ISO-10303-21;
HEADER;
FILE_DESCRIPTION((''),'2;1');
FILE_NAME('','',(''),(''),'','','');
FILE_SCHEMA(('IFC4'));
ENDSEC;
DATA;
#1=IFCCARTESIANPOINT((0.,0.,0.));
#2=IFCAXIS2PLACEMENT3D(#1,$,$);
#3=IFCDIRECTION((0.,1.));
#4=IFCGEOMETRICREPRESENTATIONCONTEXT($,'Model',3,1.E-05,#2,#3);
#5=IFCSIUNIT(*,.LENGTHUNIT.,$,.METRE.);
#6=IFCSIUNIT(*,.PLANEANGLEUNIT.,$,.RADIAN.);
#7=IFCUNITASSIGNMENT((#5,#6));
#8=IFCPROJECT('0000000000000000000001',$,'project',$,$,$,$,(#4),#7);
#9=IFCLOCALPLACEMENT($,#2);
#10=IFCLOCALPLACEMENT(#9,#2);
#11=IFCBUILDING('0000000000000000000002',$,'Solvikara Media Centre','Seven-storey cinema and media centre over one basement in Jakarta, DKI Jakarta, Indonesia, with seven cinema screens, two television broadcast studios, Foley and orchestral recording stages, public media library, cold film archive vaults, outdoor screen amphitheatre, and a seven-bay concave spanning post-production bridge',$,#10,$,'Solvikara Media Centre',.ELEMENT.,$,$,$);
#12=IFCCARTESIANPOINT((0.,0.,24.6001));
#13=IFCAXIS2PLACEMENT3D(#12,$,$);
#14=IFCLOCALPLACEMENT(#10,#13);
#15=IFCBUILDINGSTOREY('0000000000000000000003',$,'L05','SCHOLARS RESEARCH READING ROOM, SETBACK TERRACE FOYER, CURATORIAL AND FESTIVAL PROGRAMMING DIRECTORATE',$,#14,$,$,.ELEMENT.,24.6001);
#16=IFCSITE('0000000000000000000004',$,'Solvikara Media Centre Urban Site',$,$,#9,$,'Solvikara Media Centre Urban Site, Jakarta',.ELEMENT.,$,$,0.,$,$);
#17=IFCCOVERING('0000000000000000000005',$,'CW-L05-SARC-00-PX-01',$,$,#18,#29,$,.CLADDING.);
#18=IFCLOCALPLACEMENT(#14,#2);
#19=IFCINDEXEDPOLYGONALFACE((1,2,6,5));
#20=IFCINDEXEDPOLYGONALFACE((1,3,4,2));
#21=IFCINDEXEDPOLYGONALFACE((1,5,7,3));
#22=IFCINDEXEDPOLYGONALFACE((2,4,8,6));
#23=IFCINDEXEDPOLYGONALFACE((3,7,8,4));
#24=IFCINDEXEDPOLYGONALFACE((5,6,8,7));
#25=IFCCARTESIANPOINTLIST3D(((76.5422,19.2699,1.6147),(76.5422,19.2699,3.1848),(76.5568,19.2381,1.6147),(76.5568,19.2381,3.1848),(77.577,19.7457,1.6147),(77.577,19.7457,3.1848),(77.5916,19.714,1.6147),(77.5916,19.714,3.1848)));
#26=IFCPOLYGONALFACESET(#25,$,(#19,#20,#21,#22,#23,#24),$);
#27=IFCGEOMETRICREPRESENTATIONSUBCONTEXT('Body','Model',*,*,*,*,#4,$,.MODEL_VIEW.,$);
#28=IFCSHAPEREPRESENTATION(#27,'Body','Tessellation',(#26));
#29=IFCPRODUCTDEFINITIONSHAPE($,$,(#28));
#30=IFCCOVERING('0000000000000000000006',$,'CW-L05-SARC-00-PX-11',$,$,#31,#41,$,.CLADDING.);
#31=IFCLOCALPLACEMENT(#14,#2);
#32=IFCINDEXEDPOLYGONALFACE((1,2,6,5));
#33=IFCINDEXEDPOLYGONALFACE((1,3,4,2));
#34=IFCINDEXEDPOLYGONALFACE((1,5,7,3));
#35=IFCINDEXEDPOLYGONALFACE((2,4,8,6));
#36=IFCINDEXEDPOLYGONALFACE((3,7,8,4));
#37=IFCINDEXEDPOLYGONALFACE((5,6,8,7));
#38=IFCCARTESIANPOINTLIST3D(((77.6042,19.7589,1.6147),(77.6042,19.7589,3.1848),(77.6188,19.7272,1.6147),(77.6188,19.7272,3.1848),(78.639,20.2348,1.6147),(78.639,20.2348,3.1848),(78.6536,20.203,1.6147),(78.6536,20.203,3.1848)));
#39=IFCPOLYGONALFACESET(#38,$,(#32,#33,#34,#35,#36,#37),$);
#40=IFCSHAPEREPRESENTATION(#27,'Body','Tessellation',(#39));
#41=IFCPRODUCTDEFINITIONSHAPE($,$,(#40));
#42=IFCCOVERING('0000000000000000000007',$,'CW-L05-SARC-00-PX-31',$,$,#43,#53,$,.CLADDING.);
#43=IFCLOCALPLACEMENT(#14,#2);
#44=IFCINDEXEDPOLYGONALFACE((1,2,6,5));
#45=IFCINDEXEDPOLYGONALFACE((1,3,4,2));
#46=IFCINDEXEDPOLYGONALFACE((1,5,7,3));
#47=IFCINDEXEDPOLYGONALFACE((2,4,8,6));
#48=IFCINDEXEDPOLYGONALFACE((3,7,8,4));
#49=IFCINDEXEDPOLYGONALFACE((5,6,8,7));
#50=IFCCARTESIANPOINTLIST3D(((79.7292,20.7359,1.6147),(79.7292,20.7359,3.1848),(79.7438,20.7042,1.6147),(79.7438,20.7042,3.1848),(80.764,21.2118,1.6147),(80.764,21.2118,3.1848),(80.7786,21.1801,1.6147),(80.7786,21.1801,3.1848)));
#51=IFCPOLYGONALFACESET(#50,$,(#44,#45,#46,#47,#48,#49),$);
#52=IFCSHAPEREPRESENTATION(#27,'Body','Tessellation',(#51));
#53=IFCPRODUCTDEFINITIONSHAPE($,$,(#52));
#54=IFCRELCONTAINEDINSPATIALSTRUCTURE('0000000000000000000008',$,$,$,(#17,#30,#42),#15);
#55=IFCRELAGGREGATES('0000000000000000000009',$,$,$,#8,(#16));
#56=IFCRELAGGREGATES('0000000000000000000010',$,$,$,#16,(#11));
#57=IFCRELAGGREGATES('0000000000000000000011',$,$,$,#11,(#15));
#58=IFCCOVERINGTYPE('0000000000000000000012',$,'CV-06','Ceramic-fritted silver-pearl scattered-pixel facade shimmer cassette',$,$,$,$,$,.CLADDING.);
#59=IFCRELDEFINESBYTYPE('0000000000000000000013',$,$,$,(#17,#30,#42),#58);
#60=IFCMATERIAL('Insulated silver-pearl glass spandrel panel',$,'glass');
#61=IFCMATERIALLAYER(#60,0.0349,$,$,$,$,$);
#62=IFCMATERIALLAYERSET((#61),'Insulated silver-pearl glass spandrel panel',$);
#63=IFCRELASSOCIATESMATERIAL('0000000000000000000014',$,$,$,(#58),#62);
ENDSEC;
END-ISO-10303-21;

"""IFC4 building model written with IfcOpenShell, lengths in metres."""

from ifc_helpers import new_model, si_unit, direction, frame, origin, origin_2d, place, context, subcontext, project, spatial, rectangle, extrude, material, layer, layer_set, type_object, element, save


model = new_model("IFC4")

# Units and contexts
model_context = context("Model", 3, precision=1e-05, world=origin(), true_north=direction((0.0, 1.0)))
body_context = subcontext(model_context, "Body", "Model", "MODEL_VIEW")
ifc_project = project(units=[si_unit("LENGTHUNIT", "METRE"), si_unit("PLANEANGLEUNIT", "RADIAN")], contexts=[model_context])

# Site, building, storey
site_placement = place(None, origin())
site = spatial("IfcSite", under=ifc_project, at=site_placement, Name="Solvikara Media Centre Urban Site", LongName="Solvikara Media Centre Urban Site, Jakarta", CompositionType="ELEMENT", RefElevation=0.0)
building_placement = place(site_placement, origin())
building = spatial("IfcBuilding", under=site, at=building_placement, Name="Solvikara Media Centre", Description="Seven-storey cinema and media centre over one basement in Jakarta, DKI Jakarta, Indonesia, with seven cinema screens, two television broadcast studios, Foley and orchestral recording stages, public media library, cold film archive vaults, outdoor screen amphitheatre, and a seven-bay concave spanning post-production bridge", LongName="Solvikara Media Centre", CompositionType="ELEMENT")
storey_placement = place(building_placement, frame((0.0, 0.0, 24.6001)))
storey = spatial("IfcBuildingStorey", under=building, at=storey_placement, Name="L05", Description="SCHOLARS RESEARCH READING ROOM, SETBACK TERRACE FOYER, CURATORIAL AND FESTIVAL PROGRAMMING DIRECTORATE", CompositionType="ELEMENT", Elevation=24.6001)

# Shared definitions
ifc_material_1 = material(Name="Insulated silver-pearl glass spandrel panel", Category="glass")

# Coverings
ifc_layer_1 = layer(ifc_material_1, 0.0349)
ifc_layer_set_1 = layer_set([ifc_layer_1], Name="Insulated silver-pearl glass spandrel panel")
covering_type_1 = type_object("IfcCoveringType", Name="CV-06", Description="Ceramic-fritted silver-pearl scattered-pixel facade shimmer cassette", PredefinedType="CLADDING", material=ifc_layer_set_1)
for number, where, z_axis, x_axis, name in (
    (1, (77.0669, 19.4919, 1.6147), (0.0, 0.0, 1.0), (0.908523, 0.417835, 0.0), "CW-L05-SARC-00-PX-01"),
    (2, (78.1289, 19.981, 1.6147), (0.0, 0.0, 1.0), (0.908523, 0.417835, 0.0), "CW-L05-SARC-00-PX-11"),
    (3, (80.2539, 20.958, 1.6147), (0.0, 0.0, 1.0), (0.908523, 0.417835, 0.0), "CW-L05-SARC-00-PX-31"),
):
    element("IfcCovering", number, at=place(storey_placement, frame(where, z_axis=z_axis, x_axis=x_axis)), inside=storey, type_object=covering_type_1, Name=name, PredefinedType="CLADDING", context=body_context, shape_type="SweptSolid", body=[
        extrude(rectangle(XDim=1.1389, YDim=0.0349, at=origin_2d()), origin(), (0.0, 0.0, 1.0), 1.5701),
    ])

save(model, "model.ifc")
